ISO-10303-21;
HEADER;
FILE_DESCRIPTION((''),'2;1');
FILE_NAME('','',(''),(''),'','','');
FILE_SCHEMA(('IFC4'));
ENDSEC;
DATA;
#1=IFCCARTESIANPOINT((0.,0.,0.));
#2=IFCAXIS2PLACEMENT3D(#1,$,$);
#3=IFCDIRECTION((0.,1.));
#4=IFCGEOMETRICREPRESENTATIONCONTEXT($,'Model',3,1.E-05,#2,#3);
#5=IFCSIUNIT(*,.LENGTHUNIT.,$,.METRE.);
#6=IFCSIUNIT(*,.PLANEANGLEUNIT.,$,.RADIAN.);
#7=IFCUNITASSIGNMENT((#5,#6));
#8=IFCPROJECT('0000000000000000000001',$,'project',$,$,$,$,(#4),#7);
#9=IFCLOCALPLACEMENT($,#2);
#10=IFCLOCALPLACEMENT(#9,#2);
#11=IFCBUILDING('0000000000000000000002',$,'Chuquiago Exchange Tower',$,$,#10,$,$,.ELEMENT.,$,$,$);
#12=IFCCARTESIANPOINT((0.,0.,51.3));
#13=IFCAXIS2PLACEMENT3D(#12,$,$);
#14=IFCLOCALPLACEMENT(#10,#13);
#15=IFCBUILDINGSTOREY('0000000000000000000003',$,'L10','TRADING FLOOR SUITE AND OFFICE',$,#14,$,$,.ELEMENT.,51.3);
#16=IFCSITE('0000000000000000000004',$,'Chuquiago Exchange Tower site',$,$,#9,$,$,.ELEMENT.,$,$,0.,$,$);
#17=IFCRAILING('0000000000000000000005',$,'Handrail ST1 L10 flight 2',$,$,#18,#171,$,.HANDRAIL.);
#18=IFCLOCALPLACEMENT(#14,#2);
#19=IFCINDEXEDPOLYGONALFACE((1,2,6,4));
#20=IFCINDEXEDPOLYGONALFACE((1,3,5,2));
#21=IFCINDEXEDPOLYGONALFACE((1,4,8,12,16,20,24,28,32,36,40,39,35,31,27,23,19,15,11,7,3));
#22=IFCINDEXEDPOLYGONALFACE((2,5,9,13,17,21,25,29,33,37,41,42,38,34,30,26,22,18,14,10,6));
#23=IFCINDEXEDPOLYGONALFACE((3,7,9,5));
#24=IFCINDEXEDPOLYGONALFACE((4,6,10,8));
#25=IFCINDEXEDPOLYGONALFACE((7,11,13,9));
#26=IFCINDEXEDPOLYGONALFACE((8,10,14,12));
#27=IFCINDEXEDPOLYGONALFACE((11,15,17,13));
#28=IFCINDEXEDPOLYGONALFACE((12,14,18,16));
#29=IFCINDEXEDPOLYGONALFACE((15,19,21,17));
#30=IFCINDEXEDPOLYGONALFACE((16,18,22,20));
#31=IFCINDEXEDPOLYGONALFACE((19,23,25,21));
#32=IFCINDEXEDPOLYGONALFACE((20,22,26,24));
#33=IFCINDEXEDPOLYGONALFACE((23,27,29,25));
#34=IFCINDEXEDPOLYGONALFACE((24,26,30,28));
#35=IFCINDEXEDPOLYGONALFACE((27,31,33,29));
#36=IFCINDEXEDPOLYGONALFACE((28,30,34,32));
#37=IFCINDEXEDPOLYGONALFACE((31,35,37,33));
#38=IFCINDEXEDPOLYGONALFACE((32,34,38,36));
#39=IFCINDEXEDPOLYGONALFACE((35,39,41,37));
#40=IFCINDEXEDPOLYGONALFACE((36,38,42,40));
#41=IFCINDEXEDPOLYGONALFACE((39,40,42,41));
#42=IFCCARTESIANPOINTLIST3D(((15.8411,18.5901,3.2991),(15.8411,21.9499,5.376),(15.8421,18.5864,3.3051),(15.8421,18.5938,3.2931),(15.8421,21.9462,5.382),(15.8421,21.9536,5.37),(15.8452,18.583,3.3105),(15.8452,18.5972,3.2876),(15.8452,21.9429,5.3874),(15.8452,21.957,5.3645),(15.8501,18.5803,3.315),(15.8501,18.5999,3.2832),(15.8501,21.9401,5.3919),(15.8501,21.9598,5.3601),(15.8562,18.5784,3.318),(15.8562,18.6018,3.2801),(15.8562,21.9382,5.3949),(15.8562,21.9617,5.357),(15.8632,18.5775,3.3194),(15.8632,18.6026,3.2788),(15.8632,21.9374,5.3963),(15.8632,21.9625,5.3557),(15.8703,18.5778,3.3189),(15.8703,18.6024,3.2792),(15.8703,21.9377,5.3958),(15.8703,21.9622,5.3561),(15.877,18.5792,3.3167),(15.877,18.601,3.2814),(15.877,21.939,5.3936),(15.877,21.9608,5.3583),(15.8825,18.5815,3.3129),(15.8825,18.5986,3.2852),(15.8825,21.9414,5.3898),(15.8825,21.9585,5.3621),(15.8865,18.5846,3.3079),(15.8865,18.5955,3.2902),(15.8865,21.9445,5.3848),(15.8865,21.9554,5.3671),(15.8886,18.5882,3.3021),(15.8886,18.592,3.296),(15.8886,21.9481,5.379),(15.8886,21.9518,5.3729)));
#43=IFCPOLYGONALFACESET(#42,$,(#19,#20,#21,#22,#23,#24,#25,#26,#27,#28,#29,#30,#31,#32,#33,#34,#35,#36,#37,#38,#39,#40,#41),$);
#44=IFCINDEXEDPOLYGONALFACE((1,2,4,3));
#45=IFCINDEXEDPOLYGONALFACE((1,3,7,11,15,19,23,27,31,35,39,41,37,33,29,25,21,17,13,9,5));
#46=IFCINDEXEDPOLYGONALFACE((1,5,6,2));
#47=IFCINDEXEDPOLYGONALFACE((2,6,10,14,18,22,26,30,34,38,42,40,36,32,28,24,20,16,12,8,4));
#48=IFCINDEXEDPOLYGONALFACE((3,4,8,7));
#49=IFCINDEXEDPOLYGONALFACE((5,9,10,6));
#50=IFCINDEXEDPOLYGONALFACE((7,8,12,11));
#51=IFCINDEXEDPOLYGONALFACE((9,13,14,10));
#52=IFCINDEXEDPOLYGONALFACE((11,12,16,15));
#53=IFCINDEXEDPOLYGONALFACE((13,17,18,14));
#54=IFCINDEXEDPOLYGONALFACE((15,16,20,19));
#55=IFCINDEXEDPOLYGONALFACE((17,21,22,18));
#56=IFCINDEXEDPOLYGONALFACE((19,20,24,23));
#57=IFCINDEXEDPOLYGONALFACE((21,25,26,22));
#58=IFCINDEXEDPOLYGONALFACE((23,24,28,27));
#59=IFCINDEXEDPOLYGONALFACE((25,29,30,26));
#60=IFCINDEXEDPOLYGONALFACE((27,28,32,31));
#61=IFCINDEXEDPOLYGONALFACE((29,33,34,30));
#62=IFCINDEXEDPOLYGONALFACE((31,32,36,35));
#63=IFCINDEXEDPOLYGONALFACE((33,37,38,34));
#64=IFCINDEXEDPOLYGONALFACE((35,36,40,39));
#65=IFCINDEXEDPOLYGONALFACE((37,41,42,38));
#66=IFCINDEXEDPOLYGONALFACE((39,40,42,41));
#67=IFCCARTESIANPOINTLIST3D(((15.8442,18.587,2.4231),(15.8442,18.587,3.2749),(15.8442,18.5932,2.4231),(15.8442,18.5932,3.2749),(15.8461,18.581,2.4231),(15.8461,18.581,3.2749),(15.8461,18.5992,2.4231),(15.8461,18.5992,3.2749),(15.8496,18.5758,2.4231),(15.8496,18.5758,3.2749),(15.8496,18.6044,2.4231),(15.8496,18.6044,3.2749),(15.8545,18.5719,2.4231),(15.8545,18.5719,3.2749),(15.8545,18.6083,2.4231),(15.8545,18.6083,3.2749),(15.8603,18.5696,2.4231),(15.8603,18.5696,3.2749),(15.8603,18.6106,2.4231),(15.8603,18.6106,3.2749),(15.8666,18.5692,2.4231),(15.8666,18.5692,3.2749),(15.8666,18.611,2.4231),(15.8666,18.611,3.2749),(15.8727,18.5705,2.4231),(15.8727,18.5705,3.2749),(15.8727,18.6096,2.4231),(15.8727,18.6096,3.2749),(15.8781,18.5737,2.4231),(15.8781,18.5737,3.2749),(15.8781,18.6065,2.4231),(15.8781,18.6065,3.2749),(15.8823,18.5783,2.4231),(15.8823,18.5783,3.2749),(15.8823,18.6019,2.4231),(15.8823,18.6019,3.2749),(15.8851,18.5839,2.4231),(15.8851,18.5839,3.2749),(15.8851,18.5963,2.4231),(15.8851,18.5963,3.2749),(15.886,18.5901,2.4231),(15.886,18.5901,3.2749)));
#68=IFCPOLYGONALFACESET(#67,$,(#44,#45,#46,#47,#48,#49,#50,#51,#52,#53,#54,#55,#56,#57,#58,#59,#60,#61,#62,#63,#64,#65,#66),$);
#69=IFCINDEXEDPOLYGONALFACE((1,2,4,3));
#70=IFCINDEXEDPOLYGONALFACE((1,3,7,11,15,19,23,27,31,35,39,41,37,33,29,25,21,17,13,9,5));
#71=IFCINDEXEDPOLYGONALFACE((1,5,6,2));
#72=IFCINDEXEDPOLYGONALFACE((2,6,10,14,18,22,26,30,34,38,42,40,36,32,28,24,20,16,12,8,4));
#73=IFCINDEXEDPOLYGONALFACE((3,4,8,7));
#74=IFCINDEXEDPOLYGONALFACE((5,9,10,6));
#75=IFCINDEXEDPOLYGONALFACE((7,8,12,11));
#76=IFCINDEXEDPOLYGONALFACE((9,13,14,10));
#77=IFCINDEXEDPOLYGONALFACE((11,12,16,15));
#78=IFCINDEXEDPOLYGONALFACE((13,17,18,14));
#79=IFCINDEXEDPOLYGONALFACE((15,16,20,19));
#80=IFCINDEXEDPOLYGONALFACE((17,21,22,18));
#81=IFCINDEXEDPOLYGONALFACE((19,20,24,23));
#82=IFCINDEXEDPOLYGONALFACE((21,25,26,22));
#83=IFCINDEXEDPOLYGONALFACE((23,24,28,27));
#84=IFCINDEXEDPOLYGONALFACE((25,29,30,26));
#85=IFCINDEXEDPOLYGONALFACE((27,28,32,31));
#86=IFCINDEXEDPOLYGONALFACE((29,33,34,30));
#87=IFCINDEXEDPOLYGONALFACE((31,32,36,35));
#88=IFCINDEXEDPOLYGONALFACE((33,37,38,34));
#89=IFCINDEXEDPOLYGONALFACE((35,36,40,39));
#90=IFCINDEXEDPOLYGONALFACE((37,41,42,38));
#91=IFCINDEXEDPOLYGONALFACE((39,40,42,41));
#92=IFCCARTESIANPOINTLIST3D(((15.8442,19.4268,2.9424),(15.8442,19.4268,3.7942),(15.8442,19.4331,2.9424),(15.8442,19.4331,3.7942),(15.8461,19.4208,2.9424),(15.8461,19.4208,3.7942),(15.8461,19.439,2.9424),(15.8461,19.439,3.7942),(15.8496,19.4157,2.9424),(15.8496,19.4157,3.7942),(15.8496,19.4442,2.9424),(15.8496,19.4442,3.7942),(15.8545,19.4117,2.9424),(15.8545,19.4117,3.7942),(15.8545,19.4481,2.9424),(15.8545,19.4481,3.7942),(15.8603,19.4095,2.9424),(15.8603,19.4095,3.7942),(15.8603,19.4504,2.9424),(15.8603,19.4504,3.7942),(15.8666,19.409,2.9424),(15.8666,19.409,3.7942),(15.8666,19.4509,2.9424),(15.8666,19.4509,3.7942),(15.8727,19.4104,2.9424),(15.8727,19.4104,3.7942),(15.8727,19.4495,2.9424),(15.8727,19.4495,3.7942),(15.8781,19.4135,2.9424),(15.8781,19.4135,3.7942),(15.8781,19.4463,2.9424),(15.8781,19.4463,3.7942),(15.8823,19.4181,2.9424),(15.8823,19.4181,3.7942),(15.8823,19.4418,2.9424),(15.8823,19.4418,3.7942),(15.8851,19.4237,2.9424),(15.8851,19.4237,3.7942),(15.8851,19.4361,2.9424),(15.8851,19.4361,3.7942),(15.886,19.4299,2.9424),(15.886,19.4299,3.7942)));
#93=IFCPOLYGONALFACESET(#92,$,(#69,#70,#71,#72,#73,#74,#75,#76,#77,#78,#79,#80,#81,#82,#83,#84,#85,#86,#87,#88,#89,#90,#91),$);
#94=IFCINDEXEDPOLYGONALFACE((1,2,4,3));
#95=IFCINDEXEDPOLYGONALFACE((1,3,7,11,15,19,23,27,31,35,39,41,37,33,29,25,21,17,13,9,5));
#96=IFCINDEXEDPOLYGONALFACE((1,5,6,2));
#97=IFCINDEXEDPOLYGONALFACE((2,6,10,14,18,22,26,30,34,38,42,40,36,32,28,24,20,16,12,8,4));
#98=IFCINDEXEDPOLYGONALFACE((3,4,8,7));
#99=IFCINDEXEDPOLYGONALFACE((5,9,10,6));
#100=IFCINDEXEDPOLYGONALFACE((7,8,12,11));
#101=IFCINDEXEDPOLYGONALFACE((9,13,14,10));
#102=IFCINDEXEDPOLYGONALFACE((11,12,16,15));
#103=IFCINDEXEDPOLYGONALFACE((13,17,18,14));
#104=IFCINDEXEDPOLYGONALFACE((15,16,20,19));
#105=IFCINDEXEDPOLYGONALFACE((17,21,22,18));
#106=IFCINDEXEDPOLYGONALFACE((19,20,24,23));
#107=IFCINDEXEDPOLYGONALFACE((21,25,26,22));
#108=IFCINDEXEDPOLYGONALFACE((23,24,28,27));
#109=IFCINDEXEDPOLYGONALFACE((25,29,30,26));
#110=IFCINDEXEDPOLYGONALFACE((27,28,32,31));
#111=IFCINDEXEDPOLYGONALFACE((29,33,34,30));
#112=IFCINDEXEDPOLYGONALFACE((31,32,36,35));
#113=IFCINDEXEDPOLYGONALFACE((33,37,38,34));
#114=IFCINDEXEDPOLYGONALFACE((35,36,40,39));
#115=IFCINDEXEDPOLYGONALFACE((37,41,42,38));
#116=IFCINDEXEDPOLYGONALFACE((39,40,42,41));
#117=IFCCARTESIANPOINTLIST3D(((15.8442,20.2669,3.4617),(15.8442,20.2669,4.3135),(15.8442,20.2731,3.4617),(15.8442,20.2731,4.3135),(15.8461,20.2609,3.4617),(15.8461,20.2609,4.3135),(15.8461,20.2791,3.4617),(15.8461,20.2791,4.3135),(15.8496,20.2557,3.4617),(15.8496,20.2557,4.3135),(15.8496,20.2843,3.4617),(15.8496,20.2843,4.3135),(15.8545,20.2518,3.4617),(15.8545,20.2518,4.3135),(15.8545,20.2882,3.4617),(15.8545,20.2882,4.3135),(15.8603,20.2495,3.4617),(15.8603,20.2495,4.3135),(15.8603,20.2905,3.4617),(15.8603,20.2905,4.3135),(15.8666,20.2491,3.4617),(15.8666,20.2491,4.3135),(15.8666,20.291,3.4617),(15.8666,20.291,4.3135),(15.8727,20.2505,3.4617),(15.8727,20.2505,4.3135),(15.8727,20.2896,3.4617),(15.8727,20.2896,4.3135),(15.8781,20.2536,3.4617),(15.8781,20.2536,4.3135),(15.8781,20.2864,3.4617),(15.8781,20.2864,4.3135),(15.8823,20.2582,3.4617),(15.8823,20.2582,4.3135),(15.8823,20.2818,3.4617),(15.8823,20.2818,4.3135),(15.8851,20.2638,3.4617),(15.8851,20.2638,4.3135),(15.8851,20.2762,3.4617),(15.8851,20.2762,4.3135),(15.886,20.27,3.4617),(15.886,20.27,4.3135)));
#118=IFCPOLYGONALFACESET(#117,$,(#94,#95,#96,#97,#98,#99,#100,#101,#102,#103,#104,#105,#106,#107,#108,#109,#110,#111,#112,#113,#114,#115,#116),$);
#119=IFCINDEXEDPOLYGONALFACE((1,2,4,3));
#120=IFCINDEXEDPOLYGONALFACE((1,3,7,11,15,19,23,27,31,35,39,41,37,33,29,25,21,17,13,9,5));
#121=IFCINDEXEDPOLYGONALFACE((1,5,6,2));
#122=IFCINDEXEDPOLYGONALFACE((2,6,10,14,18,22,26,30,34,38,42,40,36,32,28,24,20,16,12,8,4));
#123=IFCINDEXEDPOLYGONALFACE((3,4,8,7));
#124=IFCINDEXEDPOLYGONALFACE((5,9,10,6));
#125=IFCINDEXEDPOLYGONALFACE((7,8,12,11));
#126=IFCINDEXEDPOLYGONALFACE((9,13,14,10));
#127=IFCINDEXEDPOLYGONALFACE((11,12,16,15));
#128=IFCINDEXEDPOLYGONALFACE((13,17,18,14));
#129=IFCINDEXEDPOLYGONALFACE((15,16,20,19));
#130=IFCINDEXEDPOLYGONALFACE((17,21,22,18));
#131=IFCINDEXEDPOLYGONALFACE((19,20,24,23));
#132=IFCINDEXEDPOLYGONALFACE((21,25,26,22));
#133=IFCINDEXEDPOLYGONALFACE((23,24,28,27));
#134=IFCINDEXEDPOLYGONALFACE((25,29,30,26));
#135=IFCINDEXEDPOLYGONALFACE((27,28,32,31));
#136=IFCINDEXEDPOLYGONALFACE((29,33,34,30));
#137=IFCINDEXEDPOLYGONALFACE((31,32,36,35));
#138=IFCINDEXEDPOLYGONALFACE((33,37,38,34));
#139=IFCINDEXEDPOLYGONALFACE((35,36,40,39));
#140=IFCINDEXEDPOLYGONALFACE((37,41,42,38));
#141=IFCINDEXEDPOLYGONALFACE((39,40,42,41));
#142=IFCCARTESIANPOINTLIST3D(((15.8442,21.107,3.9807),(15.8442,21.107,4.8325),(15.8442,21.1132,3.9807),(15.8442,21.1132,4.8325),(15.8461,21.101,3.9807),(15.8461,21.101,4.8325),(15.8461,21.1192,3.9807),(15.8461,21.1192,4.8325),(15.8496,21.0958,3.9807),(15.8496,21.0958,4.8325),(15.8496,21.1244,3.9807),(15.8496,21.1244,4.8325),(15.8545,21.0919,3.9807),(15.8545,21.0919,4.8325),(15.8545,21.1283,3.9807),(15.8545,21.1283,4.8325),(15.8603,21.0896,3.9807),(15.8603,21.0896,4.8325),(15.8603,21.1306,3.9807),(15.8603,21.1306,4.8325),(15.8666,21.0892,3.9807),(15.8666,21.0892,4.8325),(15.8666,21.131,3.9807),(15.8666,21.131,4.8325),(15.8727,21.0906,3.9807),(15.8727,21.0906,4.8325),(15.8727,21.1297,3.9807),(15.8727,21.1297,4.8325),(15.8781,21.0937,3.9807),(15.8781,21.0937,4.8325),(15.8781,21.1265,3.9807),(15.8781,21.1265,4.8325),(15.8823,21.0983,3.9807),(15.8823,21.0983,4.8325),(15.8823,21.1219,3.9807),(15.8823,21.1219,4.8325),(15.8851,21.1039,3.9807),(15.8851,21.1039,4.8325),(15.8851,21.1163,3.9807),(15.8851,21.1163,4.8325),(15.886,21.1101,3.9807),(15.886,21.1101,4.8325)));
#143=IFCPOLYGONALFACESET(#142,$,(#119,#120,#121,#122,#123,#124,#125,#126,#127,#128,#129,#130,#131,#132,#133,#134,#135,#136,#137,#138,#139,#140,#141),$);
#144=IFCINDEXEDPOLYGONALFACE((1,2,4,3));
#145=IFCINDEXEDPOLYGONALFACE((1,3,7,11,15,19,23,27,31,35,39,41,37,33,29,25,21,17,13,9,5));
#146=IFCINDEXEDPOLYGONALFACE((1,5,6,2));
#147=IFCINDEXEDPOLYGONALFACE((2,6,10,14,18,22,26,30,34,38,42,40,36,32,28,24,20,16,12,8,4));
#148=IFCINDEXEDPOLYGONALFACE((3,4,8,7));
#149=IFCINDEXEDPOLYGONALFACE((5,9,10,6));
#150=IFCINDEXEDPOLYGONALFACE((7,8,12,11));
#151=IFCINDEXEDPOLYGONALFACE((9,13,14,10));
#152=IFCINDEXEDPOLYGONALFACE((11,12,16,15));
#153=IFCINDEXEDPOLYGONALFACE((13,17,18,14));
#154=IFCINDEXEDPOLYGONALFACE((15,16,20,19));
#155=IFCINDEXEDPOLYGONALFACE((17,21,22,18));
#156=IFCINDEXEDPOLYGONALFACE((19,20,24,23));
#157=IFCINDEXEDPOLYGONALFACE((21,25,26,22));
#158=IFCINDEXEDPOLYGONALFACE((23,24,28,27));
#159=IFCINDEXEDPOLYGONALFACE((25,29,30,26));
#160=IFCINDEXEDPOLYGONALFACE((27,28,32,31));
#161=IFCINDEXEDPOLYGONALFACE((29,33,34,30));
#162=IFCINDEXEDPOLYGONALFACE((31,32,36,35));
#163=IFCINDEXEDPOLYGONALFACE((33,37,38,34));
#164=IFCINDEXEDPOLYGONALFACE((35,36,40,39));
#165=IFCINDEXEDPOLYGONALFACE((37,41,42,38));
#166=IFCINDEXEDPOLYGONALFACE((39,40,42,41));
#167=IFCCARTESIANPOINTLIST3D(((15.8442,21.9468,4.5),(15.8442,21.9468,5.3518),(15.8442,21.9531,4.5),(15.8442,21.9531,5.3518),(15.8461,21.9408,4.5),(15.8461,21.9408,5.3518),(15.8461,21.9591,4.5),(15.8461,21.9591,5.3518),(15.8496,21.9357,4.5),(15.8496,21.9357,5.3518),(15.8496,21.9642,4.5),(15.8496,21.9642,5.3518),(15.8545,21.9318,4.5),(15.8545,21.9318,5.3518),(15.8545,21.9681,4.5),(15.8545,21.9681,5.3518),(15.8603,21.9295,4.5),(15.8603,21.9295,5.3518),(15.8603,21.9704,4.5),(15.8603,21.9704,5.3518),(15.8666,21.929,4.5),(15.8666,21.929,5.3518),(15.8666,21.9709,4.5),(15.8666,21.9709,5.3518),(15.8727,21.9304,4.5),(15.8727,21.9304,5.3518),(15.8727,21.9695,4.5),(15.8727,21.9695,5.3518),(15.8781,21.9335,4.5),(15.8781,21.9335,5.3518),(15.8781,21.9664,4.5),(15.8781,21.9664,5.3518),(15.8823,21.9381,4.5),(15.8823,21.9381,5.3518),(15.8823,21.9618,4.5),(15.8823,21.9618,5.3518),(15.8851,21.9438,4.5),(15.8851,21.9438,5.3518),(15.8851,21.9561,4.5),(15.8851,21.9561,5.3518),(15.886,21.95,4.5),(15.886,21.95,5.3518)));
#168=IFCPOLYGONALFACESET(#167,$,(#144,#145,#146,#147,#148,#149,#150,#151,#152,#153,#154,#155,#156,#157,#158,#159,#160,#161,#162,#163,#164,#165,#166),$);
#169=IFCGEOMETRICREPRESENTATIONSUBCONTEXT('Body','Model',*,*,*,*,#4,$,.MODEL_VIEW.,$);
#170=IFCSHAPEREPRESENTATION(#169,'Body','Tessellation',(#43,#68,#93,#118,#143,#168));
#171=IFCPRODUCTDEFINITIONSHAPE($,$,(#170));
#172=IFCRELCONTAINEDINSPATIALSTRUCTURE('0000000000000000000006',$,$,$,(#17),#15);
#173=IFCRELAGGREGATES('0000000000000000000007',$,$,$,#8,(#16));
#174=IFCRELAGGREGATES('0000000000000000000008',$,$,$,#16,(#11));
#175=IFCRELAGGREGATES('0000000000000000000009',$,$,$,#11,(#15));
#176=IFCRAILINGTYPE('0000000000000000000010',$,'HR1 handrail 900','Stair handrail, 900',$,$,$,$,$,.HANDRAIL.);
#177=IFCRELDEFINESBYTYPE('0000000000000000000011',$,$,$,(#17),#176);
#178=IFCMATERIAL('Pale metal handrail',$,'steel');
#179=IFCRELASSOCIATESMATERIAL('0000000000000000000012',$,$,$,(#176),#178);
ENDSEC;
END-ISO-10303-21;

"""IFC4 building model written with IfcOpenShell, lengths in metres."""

from ifc_helpers import new_model, si_unit, direction, frame, origin, origin_2d, place, context, subcontext, project, spatial, circle, extrude, material, type_object, element, save


model = new_model("IFC4")

# Units and contexts
model_context = context("Model", 3, precision=1e-05, world=origin(), true_north=direction((0.0, 1.0)))
body_context = subcontext(model_context, "Body", "Model", "MODEL_VIEW")
ifc_project = project(units=[si_unit("LENGTHUNIT", "METRE"), si_unit("PLANEANGLEUNIT", "RADIAN")], contexts=[model_context])

# Site, building, storey
site_placement = place(None, origin())
site = spatial("IfcSite", under=ifc_project, at=site_placement, Name="Chuquiago Exchange Tower site", CompositionType="ELEMENT", RefElevation=0.0)
building_placement = place(site_placement, origin())
building = spatial("IfcBuilding", under=site, at=building_placement, Name="Chuquiago Exchange Tower", CompositionType="ELEMENT")
storey_placement = place(building_placement, frame((0.0, 0.0, 51.3)))
storey = spatial("IfcBuildingStorey", under=building, at=storey_placement, Name="L10", Description="TRADING FLOOR SUITE AND OFFICE", CompositionType="ELEMENT", Elevation=51.3)

# Railing
ifc_material_1 = material(Name="Pale metal handrail", Category="steel")
railing_type_1 = type_object("IfcRailingType", Name="HR1 handrail 900", Description="Stair handrail, 900", PredefinedType="HANDRAIL", material=ifc_material_1)
for number, where, name in (
    (1, (15.865, 18.5901, 2.4231), "Handrail ST1 L10 flight 2"),
):
    element("IfcRailing", number, at=place(storey_placement, frame(where)), inside=storey, type_object=railing_type_1, Name=name, PredefinedType="HANDRAIL", context=body_context, shape_type="SweptSolid", body=[
        extrude(circle(Radius=0.0239, at=origin_2d()), frame((0.0, 0.0, 0.876), z_axis=(0.0, 0.850606, 0.525803), x_axis=(-1.0, 0.0, 0.0)), (0.0, 0.0, 1.0), 3.95),
        extrude(circle(Radius=0.021, at=origin_2d()), origin(), (0.0, 0.0, 1.0), 0.8518),
        extrude(circle(Radius=0.021, at=origin_2d()), frame((0.0, 0.8398, 0.5193)), (0.0, 0.0, 1.0), 0.8518),
        extrude(circle(Radius=0.021, at=origin_2d()), frame((0.0, 1.6799, 1.0386)), (0.0, 0.0, 1.0), 0.8518),
        extrude(circle(Radius=0.021, at=origin_2d()), frame((0.0, 2.52, 1.5576)), (0.0, 0.0, 1.0), 0.8518),
        extrude(circle(Radius=0.021, at=origin_2d()), frame((0.0, 3.3599, 2.0769)), (0.0, 0.0, 1.0), 0.8518),
    ])

save(model, "model.ifc")
